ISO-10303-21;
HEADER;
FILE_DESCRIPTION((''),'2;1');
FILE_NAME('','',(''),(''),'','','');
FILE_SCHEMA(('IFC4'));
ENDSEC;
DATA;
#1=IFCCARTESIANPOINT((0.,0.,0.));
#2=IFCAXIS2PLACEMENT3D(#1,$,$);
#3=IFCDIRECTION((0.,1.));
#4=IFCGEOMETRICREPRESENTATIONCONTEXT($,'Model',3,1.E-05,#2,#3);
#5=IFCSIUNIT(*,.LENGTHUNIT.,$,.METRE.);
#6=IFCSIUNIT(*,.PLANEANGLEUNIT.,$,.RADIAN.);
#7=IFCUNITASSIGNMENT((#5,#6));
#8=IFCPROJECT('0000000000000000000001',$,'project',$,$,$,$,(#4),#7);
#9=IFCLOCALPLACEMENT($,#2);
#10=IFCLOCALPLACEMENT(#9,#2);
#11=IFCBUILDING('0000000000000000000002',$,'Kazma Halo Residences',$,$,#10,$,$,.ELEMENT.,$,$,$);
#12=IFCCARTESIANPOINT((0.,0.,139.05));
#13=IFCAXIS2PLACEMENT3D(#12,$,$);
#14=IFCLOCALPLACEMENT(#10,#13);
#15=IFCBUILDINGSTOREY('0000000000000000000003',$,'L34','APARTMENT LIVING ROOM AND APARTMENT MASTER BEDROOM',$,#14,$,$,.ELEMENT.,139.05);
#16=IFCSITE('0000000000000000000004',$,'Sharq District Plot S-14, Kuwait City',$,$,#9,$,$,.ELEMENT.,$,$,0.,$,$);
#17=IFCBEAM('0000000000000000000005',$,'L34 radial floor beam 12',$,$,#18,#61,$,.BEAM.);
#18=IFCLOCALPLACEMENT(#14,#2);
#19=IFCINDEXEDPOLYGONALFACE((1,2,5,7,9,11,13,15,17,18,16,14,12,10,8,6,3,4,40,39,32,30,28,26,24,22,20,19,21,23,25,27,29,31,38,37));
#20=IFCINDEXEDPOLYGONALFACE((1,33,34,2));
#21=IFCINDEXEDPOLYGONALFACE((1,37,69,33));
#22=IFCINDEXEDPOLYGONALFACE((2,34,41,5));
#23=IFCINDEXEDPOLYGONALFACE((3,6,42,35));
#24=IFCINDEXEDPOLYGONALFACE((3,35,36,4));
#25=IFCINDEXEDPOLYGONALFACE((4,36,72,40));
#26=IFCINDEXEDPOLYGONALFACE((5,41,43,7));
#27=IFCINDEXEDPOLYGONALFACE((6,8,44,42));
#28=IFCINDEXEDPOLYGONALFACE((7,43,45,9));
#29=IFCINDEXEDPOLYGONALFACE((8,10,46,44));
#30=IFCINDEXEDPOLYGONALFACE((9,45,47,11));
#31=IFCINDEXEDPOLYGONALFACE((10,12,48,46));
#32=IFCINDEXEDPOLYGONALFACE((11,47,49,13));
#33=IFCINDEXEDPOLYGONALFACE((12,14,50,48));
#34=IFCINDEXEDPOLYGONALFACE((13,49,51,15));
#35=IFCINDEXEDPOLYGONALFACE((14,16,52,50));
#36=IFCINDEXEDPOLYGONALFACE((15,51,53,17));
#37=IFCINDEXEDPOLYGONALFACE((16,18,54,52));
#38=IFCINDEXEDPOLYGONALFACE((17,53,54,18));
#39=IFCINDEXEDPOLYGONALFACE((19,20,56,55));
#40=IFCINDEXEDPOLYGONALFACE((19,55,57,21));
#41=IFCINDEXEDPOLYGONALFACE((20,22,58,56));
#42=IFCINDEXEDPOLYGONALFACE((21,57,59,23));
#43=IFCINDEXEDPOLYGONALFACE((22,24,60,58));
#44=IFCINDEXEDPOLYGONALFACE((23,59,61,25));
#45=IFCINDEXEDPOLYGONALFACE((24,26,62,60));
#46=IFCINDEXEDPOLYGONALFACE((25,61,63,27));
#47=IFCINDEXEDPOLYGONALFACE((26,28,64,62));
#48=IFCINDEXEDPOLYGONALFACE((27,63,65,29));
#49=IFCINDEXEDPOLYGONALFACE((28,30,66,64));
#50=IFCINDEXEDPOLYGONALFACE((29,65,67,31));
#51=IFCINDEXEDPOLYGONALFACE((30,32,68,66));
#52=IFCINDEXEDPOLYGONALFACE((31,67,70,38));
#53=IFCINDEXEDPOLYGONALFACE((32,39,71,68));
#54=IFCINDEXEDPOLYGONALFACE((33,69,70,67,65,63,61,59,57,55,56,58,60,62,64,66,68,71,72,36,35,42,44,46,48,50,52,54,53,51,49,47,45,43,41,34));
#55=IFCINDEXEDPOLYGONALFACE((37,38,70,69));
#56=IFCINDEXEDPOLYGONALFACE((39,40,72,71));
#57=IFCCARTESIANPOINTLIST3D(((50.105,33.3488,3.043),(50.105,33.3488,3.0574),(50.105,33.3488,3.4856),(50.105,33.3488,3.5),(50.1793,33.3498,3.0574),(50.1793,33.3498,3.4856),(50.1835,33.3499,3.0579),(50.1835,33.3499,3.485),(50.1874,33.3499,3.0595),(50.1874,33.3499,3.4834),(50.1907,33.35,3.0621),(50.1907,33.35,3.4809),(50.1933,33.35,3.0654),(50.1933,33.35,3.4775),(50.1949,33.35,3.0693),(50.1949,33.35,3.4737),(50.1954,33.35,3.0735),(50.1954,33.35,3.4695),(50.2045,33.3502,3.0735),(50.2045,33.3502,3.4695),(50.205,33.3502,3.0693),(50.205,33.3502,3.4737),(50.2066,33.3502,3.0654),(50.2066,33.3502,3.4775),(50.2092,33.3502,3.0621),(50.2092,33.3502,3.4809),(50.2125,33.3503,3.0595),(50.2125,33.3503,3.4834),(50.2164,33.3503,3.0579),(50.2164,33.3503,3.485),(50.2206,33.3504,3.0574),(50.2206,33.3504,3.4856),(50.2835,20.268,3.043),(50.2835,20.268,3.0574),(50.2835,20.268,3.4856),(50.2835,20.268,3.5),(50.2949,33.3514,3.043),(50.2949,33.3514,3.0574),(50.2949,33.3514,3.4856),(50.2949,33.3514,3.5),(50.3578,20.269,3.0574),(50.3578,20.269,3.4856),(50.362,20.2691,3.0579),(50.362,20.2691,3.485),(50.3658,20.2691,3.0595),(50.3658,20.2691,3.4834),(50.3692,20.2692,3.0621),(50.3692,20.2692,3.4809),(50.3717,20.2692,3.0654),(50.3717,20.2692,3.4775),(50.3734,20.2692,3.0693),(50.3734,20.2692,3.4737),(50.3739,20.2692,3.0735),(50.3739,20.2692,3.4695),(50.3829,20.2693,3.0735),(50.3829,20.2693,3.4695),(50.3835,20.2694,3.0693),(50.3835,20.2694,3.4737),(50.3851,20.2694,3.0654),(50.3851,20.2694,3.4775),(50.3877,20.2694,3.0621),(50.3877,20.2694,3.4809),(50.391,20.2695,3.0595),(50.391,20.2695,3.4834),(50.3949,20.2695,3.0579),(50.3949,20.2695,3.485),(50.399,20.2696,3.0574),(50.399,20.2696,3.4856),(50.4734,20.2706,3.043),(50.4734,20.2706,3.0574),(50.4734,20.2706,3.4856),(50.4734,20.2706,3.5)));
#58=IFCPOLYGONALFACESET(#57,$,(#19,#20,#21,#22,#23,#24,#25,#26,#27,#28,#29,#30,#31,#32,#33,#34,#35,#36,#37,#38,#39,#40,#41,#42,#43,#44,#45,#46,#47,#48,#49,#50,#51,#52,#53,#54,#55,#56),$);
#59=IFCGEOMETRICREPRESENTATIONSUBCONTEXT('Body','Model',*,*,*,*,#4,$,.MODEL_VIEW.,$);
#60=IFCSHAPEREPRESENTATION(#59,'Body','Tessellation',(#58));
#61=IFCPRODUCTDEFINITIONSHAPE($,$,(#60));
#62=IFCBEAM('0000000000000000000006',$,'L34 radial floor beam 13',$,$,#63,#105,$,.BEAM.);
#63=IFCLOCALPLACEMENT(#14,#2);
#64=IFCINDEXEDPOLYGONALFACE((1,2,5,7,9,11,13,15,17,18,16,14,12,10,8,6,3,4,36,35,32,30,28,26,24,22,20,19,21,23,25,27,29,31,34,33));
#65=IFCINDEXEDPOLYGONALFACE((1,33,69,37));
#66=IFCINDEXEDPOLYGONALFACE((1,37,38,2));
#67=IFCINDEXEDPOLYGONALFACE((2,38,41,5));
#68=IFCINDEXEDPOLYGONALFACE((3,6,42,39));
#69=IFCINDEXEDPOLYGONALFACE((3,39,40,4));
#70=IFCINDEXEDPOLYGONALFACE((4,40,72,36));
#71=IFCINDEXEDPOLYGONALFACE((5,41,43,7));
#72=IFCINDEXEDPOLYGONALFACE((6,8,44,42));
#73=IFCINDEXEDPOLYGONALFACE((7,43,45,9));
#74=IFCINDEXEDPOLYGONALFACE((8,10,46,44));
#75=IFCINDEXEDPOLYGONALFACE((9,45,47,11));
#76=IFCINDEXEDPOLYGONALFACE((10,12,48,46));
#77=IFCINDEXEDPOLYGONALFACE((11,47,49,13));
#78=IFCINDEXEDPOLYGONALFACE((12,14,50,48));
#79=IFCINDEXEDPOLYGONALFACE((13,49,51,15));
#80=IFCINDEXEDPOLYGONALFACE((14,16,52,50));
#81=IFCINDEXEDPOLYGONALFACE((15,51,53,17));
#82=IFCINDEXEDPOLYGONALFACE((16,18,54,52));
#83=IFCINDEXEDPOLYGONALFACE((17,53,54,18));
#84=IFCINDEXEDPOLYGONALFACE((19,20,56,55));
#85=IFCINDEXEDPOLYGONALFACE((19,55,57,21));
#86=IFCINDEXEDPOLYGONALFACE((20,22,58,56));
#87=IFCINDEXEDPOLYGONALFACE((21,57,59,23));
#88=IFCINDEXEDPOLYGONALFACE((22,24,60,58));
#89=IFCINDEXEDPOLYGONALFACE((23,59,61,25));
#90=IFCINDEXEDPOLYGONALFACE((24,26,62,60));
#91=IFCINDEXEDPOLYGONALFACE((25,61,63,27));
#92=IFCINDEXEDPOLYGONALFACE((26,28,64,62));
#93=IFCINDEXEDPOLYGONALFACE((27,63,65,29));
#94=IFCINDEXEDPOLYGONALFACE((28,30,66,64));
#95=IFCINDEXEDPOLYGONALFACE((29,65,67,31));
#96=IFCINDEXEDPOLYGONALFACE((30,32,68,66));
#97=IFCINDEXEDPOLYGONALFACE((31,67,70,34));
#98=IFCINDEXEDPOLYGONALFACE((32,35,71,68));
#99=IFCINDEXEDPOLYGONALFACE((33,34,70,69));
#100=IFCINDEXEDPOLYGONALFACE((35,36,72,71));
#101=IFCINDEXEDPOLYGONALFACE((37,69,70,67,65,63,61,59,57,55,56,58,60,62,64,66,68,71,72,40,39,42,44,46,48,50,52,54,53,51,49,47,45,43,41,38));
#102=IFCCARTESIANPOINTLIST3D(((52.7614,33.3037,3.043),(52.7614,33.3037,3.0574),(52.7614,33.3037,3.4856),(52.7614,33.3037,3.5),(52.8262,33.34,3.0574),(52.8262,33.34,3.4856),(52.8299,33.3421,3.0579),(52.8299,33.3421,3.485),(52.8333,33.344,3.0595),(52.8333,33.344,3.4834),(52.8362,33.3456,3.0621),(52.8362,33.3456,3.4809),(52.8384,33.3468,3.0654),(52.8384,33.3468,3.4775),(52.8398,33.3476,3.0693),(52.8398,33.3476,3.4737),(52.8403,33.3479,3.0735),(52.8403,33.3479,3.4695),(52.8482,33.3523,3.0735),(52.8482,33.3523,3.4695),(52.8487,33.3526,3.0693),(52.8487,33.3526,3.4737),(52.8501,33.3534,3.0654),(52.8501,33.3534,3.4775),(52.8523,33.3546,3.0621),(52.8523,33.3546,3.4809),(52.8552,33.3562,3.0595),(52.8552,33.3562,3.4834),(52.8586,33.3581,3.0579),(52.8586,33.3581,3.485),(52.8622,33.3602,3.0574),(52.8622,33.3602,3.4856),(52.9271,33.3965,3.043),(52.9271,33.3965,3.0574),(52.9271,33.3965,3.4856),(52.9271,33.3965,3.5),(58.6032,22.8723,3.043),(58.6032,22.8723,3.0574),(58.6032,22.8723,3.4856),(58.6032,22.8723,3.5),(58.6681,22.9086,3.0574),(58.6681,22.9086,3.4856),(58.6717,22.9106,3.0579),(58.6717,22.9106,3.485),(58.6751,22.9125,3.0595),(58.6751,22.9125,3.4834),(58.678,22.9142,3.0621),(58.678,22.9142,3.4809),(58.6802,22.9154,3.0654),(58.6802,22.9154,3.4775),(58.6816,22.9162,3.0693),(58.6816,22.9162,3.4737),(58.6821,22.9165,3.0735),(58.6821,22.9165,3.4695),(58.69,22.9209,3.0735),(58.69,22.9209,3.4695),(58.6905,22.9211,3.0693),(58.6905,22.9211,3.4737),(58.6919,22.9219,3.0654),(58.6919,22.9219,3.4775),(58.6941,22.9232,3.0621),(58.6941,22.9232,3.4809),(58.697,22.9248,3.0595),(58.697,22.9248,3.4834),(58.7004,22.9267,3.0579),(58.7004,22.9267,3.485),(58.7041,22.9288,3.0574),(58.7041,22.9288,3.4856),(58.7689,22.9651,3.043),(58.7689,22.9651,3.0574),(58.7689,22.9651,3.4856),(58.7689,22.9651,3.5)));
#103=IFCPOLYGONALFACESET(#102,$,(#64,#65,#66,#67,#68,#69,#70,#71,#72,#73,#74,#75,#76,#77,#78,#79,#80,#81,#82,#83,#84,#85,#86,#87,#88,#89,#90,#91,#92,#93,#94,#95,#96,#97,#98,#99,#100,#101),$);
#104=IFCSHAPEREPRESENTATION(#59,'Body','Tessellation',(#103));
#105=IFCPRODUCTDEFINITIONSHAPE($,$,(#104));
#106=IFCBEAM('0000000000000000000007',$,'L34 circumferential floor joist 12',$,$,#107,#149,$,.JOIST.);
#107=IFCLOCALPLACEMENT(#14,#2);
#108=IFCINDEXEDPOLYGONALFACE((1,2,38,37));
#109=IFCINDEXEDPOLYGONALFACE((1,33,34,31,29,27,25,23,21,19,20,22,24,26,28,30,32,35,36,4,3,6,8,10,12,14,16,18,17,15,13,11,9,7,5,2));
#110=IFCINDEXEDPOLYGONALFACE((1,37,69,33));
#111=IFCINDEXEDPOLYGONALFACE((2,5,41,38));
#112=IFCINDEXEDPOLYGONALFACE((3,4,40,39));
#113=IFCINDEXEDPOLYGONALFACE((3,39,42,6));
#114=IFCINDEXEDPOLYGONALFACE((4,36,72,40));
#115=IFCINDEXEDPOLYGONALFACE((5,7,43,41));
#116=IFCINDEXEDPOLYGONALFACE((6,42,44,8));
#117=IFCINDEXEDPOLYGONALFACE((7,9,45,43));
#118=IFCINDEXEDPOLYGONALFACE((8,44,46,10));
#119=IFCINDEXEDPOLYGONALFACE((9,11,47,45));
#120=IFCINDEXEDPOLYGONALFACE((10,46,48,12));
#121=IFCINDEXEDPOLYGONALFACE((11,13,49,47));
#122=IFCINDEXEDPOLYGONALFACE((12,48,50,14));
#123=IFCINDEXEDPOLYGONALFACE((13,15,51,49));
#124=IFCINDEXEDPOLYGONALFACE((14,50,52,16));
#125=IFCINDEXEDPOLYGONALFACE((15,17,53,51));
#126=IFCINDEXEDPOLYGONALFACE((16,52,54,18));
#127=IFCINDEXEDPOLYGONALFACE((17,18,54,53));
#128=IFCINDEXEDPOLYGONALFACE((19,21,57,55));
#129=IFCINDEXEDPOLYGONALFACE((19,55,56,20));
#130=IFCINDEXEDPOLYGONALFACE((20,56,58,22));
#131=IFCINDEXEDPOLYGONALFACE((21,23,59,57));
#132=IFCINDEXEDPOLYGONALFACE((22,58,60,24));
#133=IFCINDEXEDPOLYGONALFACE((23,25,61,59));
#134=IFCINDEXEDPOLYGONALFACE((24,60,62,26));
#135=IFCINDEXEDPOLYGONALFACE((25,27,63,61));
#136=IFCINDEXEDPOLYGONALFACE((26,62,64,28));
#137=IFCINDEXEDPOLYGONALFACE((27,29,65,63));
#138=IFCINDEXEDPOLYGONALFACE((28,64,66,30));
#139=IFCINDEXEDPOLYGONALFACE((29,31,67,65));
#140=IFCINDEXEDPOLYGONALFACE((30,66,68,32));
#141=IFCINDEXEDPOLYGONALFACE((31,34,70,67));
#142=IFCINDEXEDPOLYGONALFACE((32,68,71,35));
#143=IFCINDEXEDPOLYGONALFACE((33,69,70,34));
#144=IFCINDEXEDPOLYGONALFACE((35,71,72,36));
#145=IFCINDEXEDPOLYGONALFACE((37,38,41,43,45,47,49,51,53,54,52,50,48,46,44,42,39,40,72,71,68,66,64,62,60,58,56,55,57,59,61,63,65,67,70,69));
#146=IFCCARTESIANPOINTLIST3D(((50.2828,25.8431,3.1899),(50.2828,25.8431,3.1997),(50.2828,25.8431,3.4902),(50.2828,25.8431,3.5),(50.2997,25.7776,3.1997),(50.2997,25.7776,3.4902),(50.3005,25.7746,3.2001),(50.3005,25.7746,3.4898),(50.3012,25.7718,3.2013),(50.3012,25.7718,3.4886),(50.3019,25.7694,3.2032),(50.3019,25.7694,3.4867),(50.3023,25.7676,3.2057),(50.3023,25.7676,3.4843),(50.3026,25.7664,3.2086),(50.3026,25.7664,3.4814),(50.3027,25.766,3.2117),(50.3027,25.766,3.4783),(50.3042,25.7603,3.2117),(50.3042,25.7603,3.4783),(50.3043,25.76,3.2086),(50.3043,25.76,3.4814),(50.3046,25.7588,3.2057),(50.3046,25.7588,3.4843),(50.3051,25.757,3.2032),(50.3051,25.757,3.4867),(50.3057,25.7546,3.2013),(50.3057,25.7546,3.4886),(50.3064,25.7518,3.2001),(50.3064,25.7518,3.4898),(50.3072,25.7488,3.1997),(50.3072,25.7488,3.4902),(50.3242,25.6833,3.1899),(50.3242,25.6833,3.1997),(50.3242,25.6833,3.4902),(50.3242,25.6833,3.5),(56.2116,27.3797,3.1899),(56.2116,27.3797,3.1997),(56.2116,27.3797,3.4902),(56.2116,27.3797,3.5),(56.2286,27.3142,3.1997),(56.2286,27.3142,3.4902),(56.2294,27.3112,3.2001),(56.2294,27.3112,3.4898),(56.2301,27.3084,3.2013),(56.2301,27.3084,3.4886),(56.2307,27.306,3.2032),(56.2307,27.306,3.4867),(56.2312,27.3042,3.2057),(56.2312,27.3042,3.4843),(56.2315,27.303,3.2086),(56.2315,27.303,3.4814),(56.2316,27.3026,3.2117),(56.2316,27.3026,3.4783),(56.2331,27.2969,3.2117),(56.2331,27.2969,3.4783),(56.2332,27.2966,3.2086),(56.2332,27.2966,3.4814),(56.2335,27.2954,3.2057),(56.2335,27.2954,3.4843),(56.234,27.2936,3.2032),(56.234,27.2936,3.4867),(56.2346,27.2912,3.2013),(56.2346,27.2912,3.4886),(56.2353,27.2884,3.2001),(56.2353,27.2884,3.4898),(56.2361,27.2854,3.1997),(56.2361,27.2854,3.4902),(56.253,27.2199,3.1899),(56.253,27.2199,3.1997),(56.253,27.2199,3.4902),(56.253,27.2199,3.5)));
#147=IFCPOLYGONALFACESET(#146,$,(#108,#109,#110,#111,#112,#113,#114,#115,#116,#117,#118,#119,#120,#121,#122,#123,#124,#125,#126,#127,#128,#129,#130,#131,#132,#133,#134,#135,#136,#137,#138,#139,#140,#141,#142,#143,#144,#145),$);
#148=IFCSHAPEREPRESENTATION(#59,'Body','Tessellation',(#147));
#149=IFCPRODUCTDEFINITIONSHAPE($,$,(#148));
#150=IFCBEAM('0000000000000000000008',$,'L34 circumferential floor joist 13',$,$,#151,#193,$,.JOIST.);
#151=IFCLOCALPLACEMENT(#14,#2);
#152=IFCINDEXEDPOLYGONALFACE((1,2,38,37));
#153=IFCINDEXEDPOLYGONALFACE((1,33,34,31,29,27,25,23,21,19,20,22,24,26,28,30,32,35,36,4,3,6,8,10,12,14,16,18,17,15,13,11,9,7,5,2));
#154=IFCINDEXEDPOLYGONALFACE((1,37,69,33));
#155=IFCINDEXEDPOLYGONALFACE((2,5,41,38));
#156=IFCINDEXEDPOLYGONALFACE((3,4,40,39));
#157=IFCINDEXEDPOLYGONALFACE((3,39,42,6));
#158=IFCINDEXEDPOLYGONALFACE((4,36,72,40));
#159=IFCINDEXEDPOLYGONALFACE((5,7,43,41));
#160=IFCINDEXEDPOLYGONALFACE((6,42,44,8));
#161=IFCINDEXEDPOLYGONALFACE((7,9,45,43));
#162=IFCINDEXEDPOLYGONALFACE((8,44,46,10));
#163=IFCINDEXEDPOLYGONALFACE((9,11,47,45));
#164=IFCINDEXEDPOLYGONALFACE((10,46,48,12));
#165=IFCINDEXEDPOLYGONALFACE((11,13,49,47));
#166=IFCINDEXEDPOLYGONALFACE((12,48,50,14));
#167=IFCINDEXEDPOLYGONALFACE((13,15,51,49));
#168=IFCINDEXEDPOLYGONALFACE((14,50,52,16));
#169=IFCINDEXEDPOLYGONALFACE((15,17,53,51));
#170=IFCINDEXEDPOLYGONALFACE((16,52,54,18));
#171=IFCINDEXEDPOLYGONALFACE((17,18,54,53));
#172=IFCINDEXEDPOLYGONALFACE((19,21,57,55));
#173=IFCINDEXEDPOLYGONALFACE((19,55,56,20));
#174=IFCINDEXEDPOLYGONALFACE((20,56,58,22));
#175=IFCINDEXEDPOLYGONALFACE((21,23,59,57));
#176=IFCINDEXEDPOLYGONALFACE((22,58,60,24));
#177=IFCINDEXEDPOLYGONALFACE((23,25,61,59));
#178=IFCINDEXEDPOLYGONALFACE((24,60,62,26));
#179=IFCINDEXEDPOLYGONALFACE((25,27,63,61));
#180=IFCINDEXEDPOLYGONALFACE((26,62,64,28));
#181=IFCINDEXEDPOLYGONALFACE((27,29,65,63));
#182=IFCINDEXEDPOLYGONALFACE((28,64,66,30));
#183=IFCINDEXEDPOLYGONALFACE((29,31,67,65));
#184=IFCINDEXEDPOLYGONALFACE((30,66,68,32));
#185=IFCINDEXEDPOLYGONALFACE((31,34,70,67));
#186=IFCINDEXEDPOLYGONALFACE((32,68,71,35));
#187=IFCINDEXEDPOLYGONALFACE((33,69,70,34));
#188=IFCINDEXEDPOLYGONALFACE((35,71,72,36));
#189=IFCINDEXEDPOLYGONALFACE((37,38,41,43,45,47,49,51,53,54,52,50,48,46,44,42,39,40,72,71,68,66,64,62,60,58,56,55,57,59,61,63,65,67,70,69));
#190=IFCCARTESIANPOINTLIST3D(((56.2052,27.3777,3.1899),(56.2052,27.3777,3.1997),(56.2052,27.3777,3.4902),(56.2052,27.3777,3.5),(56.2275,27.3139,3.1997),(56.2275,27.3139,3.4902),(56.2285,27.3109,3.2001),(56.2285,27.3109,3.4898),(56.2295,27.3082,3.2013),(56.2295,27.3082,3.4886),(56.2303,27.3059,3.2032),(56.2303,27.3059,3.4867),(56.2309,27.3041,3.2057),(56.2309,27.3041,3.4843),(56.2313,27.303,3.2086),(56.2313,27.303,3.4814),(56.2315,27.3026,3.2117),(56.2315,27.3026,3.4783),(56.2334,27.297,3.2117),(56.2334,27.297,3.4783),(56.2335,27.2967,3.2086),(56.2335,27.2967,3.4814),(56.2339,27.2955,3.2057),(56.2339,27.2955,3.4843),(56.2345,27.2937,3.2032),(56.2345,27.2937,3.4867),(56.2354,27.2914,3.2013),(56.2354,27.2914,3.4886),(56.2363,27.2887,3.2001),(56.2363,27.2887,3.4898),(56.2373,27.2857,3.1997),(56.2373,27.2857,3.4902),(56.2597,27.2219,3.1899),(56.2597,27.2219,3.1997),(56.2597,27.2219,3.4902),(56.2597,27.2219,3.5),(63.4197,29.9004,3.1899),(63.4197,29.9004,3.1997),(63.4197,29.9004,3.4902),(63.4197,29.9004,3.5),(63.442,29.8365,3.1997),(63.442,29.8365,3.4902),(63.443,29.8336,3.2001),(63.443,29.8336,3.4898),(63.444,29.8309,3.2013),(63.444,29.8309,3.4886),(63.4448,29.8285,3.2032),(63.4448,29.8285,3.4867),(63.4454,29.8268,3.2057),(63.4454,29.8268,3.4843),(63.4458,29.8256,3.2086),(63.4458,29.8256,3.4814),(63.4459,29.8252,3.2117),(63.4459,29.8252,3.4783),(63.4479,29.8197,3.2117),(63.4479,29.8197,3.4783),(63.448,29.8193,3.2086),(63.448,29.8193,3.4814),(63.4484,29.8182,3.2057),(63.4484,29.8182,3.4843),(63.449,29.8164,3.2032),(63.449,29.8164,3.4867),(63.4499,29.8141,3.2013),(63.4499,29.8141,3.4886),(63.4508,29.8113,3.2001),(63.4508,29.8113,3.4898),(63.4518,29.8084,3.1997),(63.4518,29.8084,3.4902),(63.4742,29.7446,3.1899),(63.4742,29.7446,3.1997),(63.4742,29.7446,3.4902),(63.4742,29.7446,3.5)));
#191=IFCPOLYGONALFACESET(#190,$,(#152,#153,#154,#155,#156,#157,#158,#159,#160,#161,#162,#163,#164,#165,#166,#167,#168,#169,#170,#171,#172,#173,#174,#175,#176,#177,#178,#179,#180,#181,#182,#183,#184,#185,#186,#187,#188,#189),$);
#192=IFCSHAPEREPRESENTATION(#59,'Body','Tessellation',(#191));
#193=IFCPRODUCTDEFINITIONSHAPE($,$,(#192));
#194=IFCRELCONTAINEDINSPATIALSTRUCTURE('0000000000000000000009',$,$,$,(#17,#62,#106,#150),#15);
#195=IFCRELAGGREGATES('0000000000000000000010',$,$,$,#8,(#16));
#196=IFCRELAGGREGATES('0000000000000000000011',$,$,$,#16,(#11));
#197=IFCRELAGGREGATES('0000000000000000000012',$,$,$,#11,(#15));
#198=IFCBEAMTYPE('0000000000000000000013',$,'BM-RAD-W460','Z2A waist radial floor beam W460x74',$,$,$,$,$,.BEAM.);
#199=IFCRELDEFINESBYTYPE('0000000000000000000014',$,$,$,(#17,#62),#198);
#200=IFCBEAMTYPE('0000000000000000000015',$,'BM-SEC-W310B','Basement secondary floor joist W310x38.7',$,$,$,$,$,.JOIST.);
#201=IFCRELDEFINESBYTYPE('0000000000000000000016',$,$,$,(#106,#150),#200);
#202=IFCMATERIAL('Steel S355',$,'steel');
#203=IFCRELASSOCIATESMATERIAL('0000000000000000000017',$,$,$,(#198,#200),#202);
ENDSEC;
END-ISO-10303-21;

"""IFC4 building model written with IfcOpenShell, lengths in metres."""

from ifc_helpers import new_model, si_unit, direction, frame, origin, origin_2d, place, context, subcontext, project, spatial, i_section, extrude, material, material_profile, profile_set, type_object, element, save


model = new_model("IFC4")

# Units and contexts
model_context = context("Model", 3, precision=1e-05, world=origin(), true_north=direction((0.0, 1.0)))
body_context = subcontext(model_context, "Body", "Model", "MODEL_VIEW")
ifc_project = project(units=[si_unit("LENGTHUNIT", "METRE"), si_unit("PLANEANGLEUNIT", "RADIAN")], contexts=[model_context])

# Site, building, storey
site_placement = place(None, origin())
site = spatial("IfcSite", under=ifc_project, at=site_placement, Name="Sharq District Plot S-14, Kuwait City", CompositionType="ELEMENT", RefElevation=0.0)
building_placement = place(site_placement, origin())
building = spatial("IfcBuilding", under=site, at=building_placement, Name="Kazma Halo Residences", CompositionType="ELEMENT")
storey_placement = place(building_placement, frame((0.0, 0.0, 139.05)))
storey = spatial("IfcBuildingStorey", under=building, at=storey_placement, Name="L34", Description="APARTMENT LIVING ROOM AND APARTMENT MASTER BEDROOM", CompositionType="ELEMENT", Elevation=139.05)

# Beams
ifc_material_1 = material(Name="Steel S355", Category="steel")
ifc_material_profile_1 = material_profile(ifc_material_1, i_section(OverallWidth=0.1899, OverallDepth=0.457, WebThickness=0.009, FlangeThickness=0.0144, FilletRadius=0.0161, at=origin_2d()), Name="W460x74")
ifc_profile_set_1 = profile_set([ifc_material_profile_1], Name="Steel S355")
beam_type_1 = type_object("IfcBeamType", Name="BM-RAD-W460", Description="Z2A waist radial floor beam W460x74", PredefinedType="BEAM", material=ifc_profile_set_1)
beam_1_placement = place(storey_placement, frame((50.2, 33.3501, 3.2715), z_axis=(0.013642, -0.999907, 0.0), x_axis=(0.999907, 0.013642, 0.0)))
element("IfcBeam", 1, at=beam_1_placement, inside=storey, type_object=beam_type_1, Name="L34 radial floor beam 12", PredefinedType="BEAM", context=body_context, shape_type="SweptSolid", body=[
    extrude(i_section(OverallWidth=0.1899, OverallDepth=0.457, WebThickness=0.009, FlangeThickness=0.0144, FilletRadius=0.0161, at=origin_2d()), origin(), (0.0, 0.0, 1.0), 13.082),
])
beam_2_placement = place(storey_placement, frame((52.8442, 33.3501, 3.2715), z_axis=(0.488617, -0.872498, 0.0), x_axis=(0.872498, 0.488617, 0.0)))
element("IfcBeam", 2, at=beam_2_placement, inside=storey, type_object=beam_type_1, Name="L34 radial floor beam 13", PredefinedType="BEAM", context=body_context, shape_type="SweptSolid", body=[
    extrude(i_section(OverallWidth=0.1899, OverallDepth=0.457, WebThickness=0.009, FlangeThickness=0.0144, FilletRadius=0.0161, at=origin_2d()), origin(), (0.0, 0.0, 1.0), 11.9558),
])
ifc_material_profile_2 = material_profile(ifc_material_1, i_section(OverallWidth=0.165, OverallDepth=0.3101, WebThickness=0.0059, FlangeThickness=0.0098, FilletRadius=0.012, at=origin_2d()), Name="W310x38.7")
ifc_profile_set_2 = profile_set([ifc_material_profile_2], Name="Steel S355")
beam_type_2 = type_object("IfcBeamType", Name="BM-SEC-W310B", Description="Basement secondary floor joist W310x38.7", PredefinedType="JOIST", material=ifc_profile_set_2)
beam_3_placement = place(storey_placement, frame((50.3035, 25.7632, 3.345), z_axis=(0.968017, 0.250883, 0.0), x_axis=(-0.250883, 0.968017, 0.0)))
element("IfcBeam", 3, at=beam_3_placement, inside=storey, type_object=beam_type_2, Name="L34 circumferential floor joist 12", PredefinedType="JOIST", context=body_context, shape_type="SweptSolid", body=[
    extrude(i_section(OverallWidth=0.165, OverallDepth=0.3101, WebThickness=0.0059, FlangeThickness=0.0098, FilletRadius=0.012, at=origin_2d()), origin(), (0.0, 0.0, 1.0), 6.1248),
])
beam_4_placement = place(storey_placement, frame((56.2324, 27.2998, 3.345), z_axis=(0.943956, 0.33007, 0.0), x_axis=(-0.33007, 0.943956, 0.0)))
element("IfcBeam", 4, at=beam_4_placement, inside=storey, type_object=beam_type_2, Name="L34 circumferential floor joist 13", PredefinedType="JOIST", context=body_context, shape_type="SweptSolid", body=[
    extrude(i_section(OverallWidth=0.165, OverallDepth=0.3101, WebThickness=0.0059, FlangeThickness=0.0098, FilletRadius=0.012, at=origin_2d()), origin(), (0.0, 0.0, 1.0), 7.6428),
])

save(model, "model.ifc")
